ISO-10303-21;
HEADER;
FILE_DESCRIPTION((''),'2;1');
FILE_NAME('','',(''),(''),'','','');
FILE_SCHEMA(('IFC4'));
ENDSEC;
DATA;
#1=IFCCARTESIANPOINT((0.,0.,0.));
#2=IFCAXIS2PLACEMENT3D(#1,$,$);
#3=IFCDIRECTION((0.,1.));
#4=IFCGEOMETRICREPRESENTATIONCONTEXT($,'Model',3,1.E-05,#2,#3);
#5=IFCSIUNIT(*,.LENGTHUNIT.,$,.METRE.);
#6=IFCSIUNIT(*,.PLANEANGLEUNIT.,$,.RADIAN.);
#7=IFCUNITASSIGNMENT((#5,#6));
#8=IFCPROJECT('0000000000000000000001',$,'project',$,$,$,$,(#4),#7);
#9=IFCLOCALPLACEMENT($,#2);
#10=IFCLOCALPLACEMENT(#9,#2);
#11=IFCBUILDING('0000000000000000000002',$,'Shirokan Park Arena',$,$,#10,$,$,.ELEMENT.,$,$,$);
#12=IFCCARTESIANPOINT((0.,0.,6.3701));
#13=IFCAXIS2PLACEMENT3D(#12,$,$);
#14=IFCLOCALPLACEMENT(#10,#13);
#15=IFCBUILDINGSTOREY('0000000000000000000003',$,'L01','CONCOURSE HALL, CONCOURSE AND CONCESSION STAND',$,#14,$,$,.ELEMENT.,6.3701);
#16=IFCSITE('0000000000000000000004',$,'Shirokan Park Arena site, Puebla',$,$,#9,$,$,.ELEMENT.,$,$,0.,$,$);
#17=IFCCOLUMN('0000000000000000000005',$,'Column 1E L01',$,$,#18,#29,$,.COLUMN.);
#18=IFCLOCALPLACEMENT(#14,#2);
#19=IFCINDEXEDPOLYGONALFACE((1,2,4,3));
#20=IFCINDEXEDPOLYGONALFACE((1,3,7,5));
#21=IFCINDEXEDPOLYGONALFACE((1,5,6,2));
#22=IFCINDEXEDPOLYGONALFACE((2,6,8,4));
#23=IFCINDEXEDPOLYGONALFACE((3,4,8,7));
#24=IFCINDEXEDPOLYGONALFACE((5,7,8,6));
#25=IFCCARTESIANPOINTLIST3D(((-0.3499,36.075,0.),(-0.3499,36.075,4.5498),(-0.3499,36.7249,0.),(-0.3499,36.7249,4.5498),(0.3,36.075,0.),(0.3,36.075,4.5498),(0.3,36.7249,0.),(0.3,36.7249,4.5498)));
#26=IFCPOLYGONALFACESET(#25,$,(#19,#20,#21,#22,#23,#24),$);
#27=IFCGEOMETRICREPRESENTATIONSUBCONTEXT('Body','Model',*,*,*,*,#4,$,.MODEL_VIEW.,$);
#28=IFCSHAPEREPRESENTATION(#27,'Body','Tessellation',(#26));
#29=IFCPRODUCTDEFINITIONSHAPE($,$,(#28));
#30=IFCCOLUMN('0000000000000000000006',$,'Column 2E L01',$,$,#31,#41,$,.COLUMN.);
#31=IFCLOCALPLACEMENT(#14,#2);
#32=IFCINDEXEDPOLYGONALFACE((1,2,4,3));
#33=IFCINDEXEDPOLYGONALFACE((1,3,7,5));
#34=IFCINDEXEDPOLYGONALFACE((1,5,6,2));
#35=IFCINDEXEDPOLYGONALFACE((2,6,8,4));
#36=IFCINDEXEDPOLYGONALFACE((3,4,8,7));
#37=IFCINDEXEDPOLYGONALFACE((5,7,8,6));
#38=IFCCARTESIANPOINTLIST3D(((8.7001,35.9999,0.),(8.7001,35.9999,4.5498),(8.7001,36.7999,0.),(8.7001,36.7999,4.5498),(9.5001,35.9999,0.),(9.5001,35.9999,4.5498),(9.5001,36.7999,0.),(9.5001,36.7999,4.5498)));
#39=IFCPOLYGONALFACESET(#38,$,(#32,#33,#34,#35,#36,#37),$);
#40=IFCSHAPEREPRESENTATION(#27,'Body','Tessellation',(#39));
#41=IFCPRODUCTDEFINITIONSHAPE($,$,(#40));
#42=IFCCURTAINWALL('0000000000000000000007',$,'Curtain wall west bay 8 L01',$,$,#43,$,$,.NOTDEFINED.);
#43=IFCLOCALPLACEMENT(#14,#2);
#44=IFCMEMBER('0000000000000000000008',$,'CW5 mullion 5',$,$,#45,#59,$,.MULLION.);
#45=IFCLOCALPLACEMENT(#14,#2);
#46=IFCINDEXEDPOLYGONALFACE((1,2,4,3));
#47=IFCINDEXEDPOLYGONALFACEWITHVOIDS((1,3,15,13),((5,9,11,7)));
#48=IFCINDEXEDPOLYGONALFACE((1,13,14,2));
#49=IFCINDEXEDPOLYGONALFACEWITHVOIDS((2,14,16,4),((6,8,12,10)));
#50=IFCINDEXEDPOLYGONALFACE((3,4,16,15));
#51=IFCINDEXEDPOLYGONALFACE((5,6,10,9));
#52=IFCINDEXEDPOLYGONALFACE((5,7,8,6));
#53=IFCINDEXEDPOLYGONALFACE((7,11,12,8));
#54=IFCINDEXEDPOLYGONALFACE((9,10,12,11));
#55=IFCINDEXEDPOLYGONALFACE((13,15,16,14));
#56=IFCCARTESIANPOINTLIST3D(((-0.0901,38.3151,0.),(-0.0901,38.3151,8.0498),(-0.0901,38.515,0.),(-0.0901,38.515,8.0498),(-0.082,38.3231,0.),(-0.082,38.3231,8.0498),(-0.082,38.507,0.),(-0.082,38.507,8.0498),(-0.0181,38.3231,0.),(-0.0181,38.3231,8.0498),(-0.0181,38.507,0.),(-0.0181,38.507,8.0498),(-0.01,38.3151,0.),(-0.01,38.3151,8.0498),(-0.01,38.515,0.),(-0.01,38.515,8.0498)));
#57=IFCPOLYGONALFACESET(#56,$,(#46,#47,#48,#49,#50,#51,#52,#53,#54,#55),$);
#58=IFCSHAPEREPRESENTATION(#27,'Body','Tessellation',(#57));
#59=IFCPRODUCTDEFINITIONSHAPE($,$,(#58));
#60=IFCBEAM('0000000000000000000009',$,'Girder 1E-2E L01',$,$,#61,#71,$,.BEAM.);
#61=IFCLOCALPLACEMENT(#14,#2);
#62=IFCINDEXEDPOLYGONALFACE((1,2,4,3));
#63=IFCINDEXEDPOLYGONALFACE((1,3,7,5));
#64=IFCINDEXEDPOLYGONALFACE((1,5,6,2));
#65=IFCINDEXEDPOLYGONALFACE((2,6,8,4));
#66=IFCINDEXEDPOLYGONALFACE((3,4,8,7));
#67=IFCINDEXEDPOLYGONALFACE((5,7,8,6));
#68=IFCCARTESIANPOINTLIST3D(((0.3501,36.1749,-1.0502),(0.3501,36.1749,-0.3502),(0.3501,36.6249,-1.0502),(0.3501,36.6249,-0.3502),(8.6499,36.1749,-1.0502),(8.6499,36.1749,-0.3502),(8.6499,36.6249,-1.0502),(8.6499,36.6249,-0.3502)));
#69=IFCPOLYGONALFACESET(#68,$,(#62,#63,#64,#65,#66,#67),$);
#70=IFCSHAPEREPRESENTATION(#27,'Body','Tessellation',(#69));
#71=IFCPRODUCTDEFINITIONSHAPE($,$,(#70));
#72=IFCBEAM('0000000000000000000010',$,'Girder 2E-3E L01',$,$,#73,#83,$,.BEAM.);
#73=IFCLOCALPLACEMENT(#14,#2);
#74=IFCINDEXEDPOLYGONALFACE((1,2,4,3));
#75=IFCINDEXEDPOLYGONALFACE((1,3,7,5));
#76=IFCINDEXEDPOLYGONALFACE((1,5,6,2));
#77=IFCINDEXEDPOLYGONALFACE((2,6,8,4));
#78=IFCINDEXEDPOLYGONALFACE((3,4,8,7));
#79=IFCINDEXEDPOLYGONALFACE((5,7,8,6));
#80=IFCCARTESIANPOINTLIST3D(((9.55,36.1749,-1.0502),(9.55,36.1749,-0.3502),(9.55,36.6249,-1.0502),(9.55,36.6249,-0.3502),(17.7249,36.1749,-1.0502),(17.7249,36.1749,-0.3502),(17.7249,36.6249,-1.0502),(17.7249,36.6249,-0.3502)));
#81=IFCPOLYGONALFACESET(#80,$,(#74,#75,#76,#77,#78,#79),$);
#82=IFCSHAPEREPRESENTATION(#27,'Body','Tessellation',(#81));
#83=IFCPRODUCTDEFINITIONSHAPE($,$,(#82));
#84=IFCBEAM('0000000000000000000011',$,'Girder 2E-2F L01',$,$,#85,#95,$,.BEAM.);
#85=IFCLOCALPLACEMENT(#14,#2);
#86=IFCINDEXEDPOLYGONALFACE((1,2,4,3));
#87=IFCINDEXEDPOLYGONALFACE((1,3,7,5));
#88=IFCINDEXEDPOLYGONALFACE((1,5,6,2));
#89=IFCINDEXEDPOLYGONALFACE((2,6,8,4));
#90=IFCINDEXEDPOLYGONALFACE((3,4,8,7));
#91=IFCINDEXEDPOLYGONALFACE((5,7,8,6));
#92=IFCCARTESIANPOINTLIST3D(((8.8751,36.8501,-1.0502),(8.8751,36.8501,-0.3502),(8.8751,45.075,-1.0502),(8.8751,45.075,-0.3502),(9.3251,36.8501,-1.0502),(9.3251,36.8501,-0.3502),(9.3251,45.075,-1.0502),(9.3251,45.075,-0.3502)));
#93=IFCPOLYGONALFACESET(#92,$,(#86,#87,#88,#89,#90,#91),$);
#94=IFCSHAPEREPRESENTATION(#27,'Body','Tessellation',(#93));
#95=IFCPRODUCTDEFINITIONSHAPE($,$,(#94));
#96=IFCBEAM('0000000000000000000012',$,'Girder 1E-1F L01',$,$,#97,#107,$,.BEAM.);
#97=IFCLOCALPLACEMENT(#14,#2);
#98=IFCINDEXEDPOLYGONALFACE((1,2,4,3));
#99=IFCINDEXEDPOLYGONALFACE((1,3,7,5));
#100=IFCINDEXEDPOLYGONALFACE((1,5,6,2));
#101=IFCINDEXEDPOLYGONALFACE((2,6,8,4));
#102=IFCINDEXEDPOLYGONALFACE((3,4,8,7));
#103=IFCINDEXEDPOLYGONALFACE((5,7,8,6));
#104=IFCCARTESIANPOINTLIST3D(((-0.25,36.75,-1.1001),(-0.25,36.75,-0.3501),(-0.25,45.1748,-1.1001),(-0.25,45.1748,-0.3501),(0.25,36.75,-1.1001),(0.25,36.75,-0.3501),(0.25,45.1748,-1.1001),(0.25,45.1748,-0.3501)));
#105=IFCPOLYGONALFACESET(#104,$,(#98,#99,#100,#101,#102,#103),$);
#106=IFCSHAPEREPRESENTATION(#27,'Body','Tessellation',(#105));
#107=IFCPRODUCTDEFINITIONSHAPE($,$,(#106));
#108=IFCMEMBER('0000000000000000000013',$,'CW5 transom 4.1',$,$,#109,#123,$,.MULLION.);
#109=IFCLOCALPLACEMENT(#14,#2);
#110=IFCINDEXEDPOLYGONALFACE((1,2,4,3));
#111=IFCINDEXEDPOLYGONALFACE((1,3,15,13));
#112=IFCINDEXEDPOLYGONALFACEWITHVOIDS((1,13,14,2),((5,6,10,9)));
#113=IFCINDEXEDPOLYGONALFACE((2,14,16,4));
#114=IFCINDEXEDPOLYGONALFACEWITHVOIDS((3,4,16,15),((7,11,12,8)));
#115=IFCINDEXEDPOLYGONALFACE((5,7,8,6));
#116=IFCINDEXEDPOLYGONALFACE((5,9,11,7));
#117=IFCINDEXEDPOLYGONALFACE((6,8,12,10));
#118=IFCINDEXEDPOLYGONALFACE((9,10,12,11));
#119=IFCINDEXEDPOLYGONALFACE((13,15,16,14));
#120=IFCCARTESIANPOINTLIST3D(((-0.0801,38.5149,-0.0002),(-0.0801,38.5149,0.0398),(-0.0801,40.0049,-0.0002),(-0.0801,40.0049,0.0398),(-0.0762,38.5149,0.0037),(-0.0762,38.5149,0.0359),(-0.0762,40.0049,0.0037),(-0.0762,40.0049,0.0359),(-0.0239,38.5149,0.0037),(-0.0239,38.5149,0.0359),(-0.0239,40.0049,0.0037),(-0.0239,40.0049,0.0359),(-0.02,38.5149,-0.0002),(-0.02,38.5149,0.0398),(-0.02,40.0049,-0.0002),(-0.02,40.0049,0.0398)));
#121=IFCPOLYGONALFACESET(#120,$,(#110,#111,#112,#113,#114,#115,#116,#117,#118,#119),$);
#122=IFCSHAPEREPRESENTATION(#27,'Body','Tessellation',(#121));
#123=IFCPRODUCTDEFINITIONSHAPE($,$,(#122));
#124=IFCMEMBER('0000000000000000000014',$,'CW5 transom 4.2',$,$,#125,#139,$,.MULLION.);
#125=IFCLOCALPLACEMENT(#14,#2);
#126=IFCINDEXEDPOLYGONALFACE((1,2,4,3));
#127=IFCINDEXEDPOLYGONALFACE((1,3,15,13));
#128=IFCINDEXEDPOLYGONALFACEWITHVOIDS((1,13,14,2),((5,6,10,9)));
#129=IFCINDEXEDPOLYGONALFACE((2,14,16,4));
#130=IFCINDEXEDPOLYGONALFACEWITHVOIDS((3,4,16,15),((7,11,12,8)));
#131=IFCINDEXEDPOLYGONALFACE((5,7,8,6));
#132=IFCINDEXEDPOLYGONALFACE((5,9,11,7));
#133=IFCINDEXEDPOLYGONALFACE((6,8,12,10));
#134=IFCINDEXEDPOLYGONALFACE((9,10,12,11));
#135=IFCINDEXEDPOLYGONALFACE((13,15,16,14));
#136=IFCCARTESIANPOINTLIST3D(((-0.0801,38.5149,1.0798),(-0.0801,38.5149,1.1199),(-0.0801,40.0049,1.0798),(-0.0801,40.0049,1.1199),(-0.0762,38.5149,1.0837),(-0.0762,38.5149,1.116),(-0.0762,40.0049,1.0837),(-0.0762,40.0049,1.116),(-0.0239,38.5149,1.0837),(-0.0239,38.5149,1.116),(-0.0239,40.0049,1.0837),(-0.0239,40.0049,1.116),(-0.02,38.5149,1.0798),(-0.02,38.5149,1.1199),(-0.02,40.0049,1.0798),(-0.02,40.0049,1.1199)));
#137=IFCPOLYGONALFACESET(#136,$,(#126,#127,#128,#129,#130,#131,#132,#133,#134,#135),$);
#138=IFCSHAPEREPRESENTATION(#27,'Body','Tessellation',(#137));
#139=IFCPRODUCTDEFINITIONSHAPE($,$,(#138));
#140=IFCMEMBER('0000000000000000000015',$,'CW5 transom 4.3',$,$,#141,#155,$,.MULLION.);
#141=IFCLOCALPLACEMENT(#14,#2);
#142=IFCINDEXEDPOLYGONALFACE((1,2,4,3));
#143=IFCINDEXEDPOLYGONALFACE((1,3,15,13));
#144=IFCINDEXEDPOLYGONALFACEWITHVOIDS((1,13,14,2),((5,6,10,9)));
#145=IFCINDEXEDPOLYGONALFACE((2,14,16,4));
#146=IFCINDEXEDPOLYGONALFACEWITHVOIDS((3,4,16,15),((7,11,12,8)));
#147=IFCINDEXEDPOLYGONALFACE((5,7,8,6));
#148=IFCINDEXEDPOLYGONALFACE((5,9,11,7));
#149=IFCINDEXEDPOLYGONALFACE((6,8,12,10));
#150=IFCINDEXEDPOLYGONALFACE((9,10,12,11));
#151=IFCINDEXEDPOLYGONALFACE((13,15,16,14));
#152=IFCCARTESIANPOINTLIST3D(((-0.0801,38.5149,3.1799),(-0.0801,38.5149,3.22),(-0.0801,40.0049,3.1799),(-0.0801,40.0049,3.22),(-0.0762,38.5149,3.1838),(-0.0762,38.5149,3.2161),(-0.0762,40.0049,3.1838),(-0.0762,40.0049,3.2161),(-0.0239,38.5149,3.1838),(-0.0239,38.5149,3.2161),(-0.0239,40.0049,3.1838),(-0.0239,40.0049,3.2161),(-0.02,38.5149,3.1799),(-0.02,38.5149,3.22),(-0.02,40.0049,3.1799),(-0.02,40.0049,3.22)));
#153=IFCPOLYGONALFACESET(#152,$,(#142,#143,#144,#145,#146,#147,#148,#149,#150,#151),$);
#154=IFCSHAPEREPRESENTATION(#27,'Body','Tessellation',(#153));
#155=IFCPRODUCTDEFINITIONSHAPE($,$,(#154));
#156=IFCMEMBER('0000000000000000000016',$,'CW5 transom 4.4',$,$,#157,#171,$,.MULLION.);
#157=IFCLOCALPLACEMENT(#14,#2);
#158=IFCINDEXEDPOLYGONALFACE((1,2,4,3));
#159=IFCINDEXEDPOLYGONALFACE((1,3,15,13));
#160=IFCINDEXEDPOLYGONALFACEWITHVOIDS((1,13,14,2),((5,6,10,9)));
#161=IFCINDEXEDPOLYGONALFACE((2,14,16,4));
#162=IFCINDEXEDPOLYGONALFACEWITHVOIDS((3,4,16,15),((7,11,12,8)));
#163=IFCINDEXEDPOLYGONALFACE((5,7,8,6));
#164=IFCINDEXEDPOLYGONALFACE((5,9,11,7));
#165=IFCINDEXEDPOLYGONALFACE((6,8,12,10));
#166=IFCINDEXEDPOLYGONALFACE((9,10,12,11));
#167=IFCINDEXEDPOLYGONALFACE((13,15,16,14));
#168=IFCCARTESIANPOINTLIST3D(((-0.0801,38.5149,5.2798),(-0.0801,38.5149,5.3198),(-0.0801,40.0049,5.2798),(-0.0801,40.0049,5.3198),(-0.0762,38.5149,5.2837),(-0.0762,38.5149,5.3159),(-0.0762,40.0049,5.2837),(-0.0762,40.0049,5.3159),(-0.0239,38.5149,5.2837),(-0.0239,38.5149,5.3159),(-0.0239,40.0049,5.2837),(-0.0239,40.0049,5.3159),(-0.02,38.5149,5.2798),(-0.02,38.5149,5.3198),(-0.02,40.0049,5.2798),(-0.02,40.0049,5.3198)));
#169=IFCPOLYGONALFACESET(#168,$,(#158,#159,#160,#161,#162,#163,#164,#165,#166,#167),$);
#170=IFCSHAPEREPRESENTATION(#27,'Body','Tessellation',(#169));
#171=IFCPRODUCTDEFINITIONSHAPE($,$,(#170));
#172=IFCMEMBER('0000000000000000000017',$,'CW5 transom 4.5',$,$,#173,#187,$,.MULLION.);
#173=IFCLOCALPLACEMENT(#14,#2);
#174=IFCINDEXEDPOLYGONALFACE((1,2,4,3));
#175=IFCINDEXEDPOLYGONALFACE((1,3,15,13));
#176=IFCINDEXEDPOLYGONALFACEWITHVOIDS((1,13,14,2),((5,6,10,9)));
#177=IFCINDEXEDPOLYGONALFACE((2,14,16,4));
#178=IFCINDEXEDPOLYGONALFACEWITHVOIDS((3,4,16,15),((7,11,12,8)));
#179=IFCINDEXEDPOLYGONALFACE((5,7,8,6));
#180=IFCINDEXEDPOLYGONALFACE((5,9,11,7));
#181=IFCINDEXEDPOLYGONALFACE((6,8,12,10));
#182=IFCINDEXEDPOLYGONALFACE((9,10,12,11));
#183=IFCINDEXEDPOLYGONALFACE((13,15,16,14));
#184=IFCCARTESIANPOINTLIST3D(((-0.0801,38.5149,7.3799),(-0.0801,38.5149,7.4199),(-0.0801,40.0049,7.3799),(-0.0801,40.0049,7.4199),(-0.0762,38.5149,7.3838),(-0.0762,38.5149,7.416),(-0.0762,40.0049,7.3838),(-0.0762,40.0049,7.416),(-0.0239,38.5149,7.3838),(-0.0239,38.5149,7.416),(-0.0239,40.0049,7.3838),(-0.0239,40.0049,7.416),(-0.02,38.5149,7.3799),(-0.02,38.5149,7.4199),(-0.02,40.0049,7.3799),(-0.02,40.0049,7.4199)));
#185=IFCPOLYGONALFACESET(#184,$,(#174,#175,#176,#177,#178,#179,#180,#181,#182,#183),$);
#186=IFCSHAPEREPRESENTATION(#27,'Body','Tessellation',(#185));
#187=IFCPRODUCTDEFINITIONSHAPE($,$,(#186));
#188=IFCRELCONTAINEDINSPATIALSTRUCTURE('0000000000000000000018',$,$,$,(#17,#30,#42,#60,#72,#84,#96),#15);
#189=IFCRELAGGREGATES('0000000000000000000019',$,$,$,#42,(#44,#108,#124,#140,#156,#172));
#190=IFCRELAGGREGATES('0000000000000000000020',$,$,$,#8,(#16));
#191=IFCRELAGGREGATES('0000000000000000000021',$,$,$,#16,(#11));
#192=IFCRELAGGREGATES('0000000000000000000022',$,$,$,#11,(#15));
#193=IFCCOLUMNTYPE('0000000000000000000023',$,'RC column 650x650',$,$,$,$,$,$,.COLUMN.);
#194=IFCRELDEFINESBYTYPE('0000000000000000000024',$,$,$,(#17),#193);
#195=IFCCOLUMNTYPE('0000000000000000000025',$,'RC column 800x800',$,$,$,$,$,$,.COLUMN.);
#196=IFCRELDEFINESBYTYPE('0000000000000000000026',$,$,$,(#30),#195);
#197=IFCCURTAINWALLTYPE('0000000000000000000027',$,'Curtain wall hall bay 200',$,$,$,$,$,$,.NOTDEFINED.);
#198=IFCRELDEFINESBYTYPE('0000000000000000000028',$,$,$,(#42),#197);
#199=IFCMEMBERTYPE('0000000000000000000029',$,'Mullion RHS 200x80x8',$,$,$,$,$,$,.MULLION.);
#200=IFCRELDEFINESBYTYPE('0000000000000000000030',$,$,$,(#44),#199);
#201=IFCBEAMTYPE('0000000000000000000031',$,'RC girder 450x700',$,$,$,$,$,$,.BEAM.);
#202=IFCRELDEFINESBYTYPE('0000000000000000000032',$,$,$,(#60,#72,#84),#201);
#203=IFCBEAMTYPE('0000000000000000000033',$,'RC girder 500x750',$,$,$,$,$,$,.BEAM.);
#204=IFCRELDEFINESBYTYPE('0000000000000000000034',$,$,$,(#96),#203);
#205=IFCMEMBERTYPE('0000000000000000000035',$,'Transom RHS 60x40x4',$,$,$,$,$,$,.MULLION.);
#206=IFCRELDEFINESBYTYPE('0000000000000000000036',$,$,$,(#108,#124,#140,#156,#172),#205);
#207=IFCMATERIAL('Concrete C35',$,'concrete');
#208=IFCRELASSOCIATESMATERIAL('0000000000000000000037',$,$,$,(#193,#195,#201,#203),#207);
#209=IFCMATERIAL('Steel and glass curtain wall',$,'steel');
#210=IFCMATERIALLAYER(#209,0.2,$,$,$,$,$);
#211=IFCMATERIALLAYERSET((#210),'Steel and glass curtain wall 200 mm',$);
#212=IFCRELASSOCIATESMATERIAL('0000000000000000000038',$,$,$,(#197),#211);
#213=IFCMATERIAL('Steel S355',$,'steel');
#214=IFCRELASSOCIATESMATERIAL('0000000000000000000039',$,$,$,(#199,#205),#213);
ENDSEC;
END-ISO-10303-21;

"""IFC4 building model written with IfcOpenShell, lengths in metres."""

from ifc_helpers import new_model, si_unit, direction, frame, origin, origin_2d, place, context, subcontext, project, spatial, rectangle, hollow_rectangle, extrude, material, layer, layer_set, material_profile, profile_set, type_object, element, aggregate, save


model = new_model("IFC4")

# Units and contexts
model_context = context("Model", 3, precision=1e-05, world=origin(), true_north=direction((0.0, 1.0)))
body_context = subcontext(model_context, "Body", "Model", "MODEL_VIEW")
ifc_project = project(units=[si_unit("LENGTHUNIT", "METRE"), si_unit("PLANEANGLEUNIT", "RADIAN")], contexts=[model_context])

# Site, building, storey
site_placement = place(None, origin())
site = spatial("IfcSite", under=ifc_project, at=site_placement, Name="Shirokan Park Arena site, Puebla", CompositionType="ELEMENT", RefElevation=0.0)
building_placement = place(site_placement, origin())
building = spatial("IfcBuilding", under=site, at=building_placement, Name="Shirokan Park Arena", CompositionType="ELEMENT")
storey_placement = place(building_placement, frame((0.0, 0.0, 6.3701)))
storey = spatial("IfcBuildingStorey", under=building, at=storey_placement, Name="L01", Description="CONCOURSE HALL, CONCOURSE AND CONCESSION STAND", CompositionType="ELEMENT", Elevation=6.3701)

# Columns
ifc_material_1 = material(Name="Concrete C35", Category="concrete")
ifc_material_profile_1 = material_profile(ifc_material_1, rectangle(XDim=0.6499, YDim=0.6499, at=origin_2d()), Name="650x650")
ifc_profile_set_1 = profile_set([ifc_material_profile_1], Name="Concrete C35")
column_type_1 = type_object("IfcColumnType", Name="RC column 650x650", PredefinedType="COLUMN", material=ifc_profile_set_1)
column_1_placement = place(storey_placement, frame((-0.0249, 36.3999, 0.0), z_axis=(0.0, 0.0, 1.0), x_axis=(1.0, 0.0, 0.0)))
element("IfcColumn", 1, at=column_1_placement, inside=storey, type_object=column_type_1, Name="Column 1E L01", PredefinedType="COLUMN", context=body_context, shape_type="SweptSolid", body=[
    extrude(rectangle(XDim=0.6499, YDim=0.6499, at=origin_2d()), origin(), (0.0, 0.0, 1.0), 4.5498),
])
ifc_material_profile_2 = material_profile(ifc_material_1, rectangle(XDim=0.8, YDim=0.8, at=origin_2d()), Name="800x800")
ifc_profile_set_2 = profile_set([ifc_material_profile_2], Name="Concrete C35")
column_type_2 = type_object("IfcColumnType", Name="RC column 800x800", PredefinedType="COLUMN", material=ifc_profile_set_2)
column_2_placement = place(storey_placement, frame((9.1001, 36.3999, 0.0), z_axis=(0.0, 0.0, 1.0), x_axis=(1.0, 0.0, 0.0)))
element("IfcColumn", 2, at=column_2_placement, inside=storey, type_object=column_type_2, Name="Column 2E L01", PredefinedType="COLUMN", context=body_context, shape_type="SweptSolid", body=[
    extrude(rectangle(XDim=0.8, YDim=0.8, at=origin_2d()), origin(), (0.0, 0.0, 1.0), 4.5498),
])

# Curtain wall, member
ifc_material_2 = material(Name="Steel and glass curtain wall", Category="steel")
ifc_layer_1 = layer(ifc_material_2, 0.2)
ifc_layer_set_1 = layer_set([ifc_layer_1], Name="Steel and glass curtain wall 200 mm")
curtain_wall_type = type_object("IfcCurtainWallType", Name="Curtain wall hall bay 200", PredefinedType="NOTDEFINED", material=ifc_layer_set_1)
curtain_wall_placement = place(storey_placement, origin())
curtain_wall = element("IfcCurtainWall", 3, at=curtain_wall_placement, inside=storey, type_object=curtain_wall_type, Name="Curtain wall west bay 8 L01", PredefinedType="NOTDEFINED")
ifc_material_3 = material(Name="Steel S355", Category="steel")
ifc_material_profile_3 = material_profile(ifc_material_3, hollow_rectangle(XDim=0.0801, YDim=0.2, WallThickness=0.0081, at=origin_2d()), Name="RHS 200x80x8")
ifc_profile_set_3 = profile_set([ifc_material_profile_3], Name="Steel S355")
member_type_1 = type_object("IfcMemberType", Name="Mullion RHS 200x80x8", PredefinedType="MULLION", material=ifc_profile_set_3)
member_1_placement = place(storey_placement, frame((-0.05, 38.415, 0.0), z_axis=(0.0, 0.0, 1.0), x_axis=(1.0, 0.0, 0.0)))
member_1 = element("IfcMember", 4, at=member_1_placement, type_object=member_type_1, Name="CW5 mullion 5", PredefinedType="MULLION", context=body_context, shape_type="SweptSolid", body=[
    extrude(hollow_rectangle(XDim=0.0801, YDim=0.2, WallThickness=0.0081, at=origin_2d()), origin(), (0.0, 0.0, 1.0), 8.0498),
])

# Beams
ifc_material_profile_4 = material_profile(ifc_material_1, rectangle(XDim=0.45, YDim=0.7, at=origin_2d()), Name="450x700")
ifc_profile_set_4 = profile_set([ifc_material_profile_4], Name="Concrete C35")
beam_type_1 = type_object("IfcBeamType", Name="RC girder 450x700", PredefinedType="BEAM", material=ifc_profile_set_4)
beam_1_placement = place(storey_placement, frame((0.3501, 36.3999, -0.7002), z_axis=(1.0, 0.0, 0.0), x_axis=(0.0, 1.0, 0.0)))
element("IfcBeam", 5, at=beam_1_placement, inside=storey, type_object=beam_type_1, Name="Girder 1E-2E L01", PredefinedType="BEAM", context=body_context, shape_type="SweptSolid", body=[
    extrude(rectangle(XDim=0.45, YDim=0.7, at=origin_2d()), origin(), (0.0, 0.0, 1.0), 8.2998),
])
beam_2_placement = place(storey_placement, frame((9.55, 36.3999, -0.7002), z_axis=(1.0, 0.0, 0.0), x_axis=(0.0, 1.0, 0.0)))
element("IfcBeam", 6, at=beam_2_placement, inside=storey, type_object=beam_type_1, Name="Girder 2E-3E L01", PredefinedType="BEAM", context=body_context, shape_type="SweptSolid", body=[
    extrude(rectangle(XDim=0.45, YDim=0.7, at=origin_2d()), origin(), (0.0, 0.0, 1.0), 8.1748),
])
beam_3_placement = place(storey_placement, frame((9.1001, 36.8501, -0.7002), z_axis=(0.0, 1.0, 0.0), x_axis=(-1.0, 0.0, 0.0)))
element("IfcBeam", 7, at=beam_3_placement, inside=storey, type_object=beam_type_1, Name="Girder 2E-2F L01", PredefinedType="BEAM", context=body_context, shape_type="SweptSolid", body=[
    extrude(rectangle(XDim=0.45, YDim=0.7, at=origin_2d()), origin(), (0.0, 0.0, 1.0), 8.2249),
])
ifc_material_profile_5 = material_profile(ifc_material_1, rectangle(XDim=0.5, YDim=0.75, at=origin_2d()), Name="500x750")
ifc_profile_set_5 = profile_set([ifc_material_profile_5], Name="Concrete C35")
beam_type_2 = type_object("IfcBeamType", Name="RC girder 500x750", PredefinedType="BEAM", material=ifc_profile_set_5)
beam_4_placement = place(storey_placement, frame((0.0, 36.75, -0.7251), z_axis=(0.0, 1.0, 0.0), x_axis=(-1.0, 0.0, 0.0)))
element("IfcBeam", 8, at=beam_4_placement, inside=storey, type_object=beam_type_2, Name="Girder 1E-1F L01", PredefinedType="BEAM", context=body_context, shape_type="SweptSolid", body=[
    extrude(rectangle(XDim=0.5, YDim=0.75, at=origin_2d()), origin(), (0.0, 0.0, 1.0), 8.4248),
])

# Members
ifc_material_profile_6 = material_profile(ifc_material_3, hollow_rectangle(XDim=0.0601, YDim=0.04, WallThickness=0.0039, at=origin_2d()), Name="RHS 60x40x4")
ifc_profile_set_6 = profile_set([ifc_material_profile_6], Name="Steel S355")
member_type_2 = type_object("IfcMemberType", Name="Transom RHS 60x40x4", PredefinedType="MULLION", material=ifc_profile_set_6)
member_2_placement = place(storey_placement, frame((-0.05, 40.0049, 0.0198), z_axis=(0.0, -1.0, 0.0), x_axis=(1.0, 0.0, 0.0)))
member_2 = element("IfcMember", 9, at=member_2_placement, type_object=member_type_2, Name="CW5 transom 4.1", PredefinedType="MULLION", context=body_context, shape_type="SweptSolid", body=[
    extrude(hollow_rectangle(XDim=0.0601, YDim=0.04, WallThickness=0.0039, at=origin_2d()), origin(), (0.0, 0.0, 1.0), 1.49),
])
member_3_placement = place(storey_placement, frame((-0.05, 40.0049, 1.0999), z_axis=(0.0, -1.0, 0.0), x_axis=(1.0, 0.0, 0.0)))
member_3 = element("IfcMember", 10, at=member_3_placement, type_object=member_type_2, Name="CW5 transom 4.2", PredefinedType="MULLION", context=body_context, shape_type="SweptSolid", body=[
    extrude(hollow_rectangle(XDim=0.0601, YDim=0.04, WallThickness=0.0039, at=origin_2d()), origin(), (0.0, 0.0, 1.0), 1.49),
])
member_4_placement = place(storey_placement, frame((-0.05, 40.0049, 3.2), z_axis=(0.0, -1.0, 0.0), x_axis=(1.0, 0.0, 0.0)))
member_4 = element("IfcMember", 11, at=member_4_placement, type_object=member_type_2, Name="CW5 transom 4.3", PredefinedType="MULLION", context=body_context, shape_type="SweptSolid", body=[
    extrude(hollow_rectangle(XDim=0.0601, YDim=0.04, WallThickness=0.0039, at=origin_2d()), origin(), (0.0, 0.0, 1.0), 1.49),
])
member_5_placement = place(storey_placement, frame((-0.05, 40.0049, 5.2998), z_axis=(0.0, -1.0, 0.0), x_axis=(1.0, 0.0, 0.0)))
member_5 = element("IfcMember", 12, at=member_5_placement, type_object=member_type_2, Name="CW5 transom 4.4", PredefinedType="MULLION", context=body_context, shape_type="SweptSolid", body=[
    extrude(hollow_rectangle(XDim=0.0601, YDim=0.04, WallThickness=0.0039, at=origin_2d()), origin(), (0.0, 0.0, 1.0), 1.49),
])
member_6_placement = place(storey_placement, frame((-0.05, 40.0049, 7.3999), z_axis=(0.0, -1.0, 0.0), x_axis=(1.0, 0.0, 0.0)))
member_6 = element("IfcMember", 13, at=member_6_placement, type_object=member_type_2, Name="CW5 transom 4.5", PredefinedType="MULLION", context=body_context, shape_type="SweptSolid", body=[
    extrude(hollow_rectangle(XDim=0.0601, YDim=0.04, WallThickness=0.0039, at=origin_2d()), origin(), (0.0, 0.0, 1.0), 1.49),
])

aggregate(curtain_wall, [member_1, member_2, member_3, member_4, member_5, member_6])

save(model, "model.ifc")
